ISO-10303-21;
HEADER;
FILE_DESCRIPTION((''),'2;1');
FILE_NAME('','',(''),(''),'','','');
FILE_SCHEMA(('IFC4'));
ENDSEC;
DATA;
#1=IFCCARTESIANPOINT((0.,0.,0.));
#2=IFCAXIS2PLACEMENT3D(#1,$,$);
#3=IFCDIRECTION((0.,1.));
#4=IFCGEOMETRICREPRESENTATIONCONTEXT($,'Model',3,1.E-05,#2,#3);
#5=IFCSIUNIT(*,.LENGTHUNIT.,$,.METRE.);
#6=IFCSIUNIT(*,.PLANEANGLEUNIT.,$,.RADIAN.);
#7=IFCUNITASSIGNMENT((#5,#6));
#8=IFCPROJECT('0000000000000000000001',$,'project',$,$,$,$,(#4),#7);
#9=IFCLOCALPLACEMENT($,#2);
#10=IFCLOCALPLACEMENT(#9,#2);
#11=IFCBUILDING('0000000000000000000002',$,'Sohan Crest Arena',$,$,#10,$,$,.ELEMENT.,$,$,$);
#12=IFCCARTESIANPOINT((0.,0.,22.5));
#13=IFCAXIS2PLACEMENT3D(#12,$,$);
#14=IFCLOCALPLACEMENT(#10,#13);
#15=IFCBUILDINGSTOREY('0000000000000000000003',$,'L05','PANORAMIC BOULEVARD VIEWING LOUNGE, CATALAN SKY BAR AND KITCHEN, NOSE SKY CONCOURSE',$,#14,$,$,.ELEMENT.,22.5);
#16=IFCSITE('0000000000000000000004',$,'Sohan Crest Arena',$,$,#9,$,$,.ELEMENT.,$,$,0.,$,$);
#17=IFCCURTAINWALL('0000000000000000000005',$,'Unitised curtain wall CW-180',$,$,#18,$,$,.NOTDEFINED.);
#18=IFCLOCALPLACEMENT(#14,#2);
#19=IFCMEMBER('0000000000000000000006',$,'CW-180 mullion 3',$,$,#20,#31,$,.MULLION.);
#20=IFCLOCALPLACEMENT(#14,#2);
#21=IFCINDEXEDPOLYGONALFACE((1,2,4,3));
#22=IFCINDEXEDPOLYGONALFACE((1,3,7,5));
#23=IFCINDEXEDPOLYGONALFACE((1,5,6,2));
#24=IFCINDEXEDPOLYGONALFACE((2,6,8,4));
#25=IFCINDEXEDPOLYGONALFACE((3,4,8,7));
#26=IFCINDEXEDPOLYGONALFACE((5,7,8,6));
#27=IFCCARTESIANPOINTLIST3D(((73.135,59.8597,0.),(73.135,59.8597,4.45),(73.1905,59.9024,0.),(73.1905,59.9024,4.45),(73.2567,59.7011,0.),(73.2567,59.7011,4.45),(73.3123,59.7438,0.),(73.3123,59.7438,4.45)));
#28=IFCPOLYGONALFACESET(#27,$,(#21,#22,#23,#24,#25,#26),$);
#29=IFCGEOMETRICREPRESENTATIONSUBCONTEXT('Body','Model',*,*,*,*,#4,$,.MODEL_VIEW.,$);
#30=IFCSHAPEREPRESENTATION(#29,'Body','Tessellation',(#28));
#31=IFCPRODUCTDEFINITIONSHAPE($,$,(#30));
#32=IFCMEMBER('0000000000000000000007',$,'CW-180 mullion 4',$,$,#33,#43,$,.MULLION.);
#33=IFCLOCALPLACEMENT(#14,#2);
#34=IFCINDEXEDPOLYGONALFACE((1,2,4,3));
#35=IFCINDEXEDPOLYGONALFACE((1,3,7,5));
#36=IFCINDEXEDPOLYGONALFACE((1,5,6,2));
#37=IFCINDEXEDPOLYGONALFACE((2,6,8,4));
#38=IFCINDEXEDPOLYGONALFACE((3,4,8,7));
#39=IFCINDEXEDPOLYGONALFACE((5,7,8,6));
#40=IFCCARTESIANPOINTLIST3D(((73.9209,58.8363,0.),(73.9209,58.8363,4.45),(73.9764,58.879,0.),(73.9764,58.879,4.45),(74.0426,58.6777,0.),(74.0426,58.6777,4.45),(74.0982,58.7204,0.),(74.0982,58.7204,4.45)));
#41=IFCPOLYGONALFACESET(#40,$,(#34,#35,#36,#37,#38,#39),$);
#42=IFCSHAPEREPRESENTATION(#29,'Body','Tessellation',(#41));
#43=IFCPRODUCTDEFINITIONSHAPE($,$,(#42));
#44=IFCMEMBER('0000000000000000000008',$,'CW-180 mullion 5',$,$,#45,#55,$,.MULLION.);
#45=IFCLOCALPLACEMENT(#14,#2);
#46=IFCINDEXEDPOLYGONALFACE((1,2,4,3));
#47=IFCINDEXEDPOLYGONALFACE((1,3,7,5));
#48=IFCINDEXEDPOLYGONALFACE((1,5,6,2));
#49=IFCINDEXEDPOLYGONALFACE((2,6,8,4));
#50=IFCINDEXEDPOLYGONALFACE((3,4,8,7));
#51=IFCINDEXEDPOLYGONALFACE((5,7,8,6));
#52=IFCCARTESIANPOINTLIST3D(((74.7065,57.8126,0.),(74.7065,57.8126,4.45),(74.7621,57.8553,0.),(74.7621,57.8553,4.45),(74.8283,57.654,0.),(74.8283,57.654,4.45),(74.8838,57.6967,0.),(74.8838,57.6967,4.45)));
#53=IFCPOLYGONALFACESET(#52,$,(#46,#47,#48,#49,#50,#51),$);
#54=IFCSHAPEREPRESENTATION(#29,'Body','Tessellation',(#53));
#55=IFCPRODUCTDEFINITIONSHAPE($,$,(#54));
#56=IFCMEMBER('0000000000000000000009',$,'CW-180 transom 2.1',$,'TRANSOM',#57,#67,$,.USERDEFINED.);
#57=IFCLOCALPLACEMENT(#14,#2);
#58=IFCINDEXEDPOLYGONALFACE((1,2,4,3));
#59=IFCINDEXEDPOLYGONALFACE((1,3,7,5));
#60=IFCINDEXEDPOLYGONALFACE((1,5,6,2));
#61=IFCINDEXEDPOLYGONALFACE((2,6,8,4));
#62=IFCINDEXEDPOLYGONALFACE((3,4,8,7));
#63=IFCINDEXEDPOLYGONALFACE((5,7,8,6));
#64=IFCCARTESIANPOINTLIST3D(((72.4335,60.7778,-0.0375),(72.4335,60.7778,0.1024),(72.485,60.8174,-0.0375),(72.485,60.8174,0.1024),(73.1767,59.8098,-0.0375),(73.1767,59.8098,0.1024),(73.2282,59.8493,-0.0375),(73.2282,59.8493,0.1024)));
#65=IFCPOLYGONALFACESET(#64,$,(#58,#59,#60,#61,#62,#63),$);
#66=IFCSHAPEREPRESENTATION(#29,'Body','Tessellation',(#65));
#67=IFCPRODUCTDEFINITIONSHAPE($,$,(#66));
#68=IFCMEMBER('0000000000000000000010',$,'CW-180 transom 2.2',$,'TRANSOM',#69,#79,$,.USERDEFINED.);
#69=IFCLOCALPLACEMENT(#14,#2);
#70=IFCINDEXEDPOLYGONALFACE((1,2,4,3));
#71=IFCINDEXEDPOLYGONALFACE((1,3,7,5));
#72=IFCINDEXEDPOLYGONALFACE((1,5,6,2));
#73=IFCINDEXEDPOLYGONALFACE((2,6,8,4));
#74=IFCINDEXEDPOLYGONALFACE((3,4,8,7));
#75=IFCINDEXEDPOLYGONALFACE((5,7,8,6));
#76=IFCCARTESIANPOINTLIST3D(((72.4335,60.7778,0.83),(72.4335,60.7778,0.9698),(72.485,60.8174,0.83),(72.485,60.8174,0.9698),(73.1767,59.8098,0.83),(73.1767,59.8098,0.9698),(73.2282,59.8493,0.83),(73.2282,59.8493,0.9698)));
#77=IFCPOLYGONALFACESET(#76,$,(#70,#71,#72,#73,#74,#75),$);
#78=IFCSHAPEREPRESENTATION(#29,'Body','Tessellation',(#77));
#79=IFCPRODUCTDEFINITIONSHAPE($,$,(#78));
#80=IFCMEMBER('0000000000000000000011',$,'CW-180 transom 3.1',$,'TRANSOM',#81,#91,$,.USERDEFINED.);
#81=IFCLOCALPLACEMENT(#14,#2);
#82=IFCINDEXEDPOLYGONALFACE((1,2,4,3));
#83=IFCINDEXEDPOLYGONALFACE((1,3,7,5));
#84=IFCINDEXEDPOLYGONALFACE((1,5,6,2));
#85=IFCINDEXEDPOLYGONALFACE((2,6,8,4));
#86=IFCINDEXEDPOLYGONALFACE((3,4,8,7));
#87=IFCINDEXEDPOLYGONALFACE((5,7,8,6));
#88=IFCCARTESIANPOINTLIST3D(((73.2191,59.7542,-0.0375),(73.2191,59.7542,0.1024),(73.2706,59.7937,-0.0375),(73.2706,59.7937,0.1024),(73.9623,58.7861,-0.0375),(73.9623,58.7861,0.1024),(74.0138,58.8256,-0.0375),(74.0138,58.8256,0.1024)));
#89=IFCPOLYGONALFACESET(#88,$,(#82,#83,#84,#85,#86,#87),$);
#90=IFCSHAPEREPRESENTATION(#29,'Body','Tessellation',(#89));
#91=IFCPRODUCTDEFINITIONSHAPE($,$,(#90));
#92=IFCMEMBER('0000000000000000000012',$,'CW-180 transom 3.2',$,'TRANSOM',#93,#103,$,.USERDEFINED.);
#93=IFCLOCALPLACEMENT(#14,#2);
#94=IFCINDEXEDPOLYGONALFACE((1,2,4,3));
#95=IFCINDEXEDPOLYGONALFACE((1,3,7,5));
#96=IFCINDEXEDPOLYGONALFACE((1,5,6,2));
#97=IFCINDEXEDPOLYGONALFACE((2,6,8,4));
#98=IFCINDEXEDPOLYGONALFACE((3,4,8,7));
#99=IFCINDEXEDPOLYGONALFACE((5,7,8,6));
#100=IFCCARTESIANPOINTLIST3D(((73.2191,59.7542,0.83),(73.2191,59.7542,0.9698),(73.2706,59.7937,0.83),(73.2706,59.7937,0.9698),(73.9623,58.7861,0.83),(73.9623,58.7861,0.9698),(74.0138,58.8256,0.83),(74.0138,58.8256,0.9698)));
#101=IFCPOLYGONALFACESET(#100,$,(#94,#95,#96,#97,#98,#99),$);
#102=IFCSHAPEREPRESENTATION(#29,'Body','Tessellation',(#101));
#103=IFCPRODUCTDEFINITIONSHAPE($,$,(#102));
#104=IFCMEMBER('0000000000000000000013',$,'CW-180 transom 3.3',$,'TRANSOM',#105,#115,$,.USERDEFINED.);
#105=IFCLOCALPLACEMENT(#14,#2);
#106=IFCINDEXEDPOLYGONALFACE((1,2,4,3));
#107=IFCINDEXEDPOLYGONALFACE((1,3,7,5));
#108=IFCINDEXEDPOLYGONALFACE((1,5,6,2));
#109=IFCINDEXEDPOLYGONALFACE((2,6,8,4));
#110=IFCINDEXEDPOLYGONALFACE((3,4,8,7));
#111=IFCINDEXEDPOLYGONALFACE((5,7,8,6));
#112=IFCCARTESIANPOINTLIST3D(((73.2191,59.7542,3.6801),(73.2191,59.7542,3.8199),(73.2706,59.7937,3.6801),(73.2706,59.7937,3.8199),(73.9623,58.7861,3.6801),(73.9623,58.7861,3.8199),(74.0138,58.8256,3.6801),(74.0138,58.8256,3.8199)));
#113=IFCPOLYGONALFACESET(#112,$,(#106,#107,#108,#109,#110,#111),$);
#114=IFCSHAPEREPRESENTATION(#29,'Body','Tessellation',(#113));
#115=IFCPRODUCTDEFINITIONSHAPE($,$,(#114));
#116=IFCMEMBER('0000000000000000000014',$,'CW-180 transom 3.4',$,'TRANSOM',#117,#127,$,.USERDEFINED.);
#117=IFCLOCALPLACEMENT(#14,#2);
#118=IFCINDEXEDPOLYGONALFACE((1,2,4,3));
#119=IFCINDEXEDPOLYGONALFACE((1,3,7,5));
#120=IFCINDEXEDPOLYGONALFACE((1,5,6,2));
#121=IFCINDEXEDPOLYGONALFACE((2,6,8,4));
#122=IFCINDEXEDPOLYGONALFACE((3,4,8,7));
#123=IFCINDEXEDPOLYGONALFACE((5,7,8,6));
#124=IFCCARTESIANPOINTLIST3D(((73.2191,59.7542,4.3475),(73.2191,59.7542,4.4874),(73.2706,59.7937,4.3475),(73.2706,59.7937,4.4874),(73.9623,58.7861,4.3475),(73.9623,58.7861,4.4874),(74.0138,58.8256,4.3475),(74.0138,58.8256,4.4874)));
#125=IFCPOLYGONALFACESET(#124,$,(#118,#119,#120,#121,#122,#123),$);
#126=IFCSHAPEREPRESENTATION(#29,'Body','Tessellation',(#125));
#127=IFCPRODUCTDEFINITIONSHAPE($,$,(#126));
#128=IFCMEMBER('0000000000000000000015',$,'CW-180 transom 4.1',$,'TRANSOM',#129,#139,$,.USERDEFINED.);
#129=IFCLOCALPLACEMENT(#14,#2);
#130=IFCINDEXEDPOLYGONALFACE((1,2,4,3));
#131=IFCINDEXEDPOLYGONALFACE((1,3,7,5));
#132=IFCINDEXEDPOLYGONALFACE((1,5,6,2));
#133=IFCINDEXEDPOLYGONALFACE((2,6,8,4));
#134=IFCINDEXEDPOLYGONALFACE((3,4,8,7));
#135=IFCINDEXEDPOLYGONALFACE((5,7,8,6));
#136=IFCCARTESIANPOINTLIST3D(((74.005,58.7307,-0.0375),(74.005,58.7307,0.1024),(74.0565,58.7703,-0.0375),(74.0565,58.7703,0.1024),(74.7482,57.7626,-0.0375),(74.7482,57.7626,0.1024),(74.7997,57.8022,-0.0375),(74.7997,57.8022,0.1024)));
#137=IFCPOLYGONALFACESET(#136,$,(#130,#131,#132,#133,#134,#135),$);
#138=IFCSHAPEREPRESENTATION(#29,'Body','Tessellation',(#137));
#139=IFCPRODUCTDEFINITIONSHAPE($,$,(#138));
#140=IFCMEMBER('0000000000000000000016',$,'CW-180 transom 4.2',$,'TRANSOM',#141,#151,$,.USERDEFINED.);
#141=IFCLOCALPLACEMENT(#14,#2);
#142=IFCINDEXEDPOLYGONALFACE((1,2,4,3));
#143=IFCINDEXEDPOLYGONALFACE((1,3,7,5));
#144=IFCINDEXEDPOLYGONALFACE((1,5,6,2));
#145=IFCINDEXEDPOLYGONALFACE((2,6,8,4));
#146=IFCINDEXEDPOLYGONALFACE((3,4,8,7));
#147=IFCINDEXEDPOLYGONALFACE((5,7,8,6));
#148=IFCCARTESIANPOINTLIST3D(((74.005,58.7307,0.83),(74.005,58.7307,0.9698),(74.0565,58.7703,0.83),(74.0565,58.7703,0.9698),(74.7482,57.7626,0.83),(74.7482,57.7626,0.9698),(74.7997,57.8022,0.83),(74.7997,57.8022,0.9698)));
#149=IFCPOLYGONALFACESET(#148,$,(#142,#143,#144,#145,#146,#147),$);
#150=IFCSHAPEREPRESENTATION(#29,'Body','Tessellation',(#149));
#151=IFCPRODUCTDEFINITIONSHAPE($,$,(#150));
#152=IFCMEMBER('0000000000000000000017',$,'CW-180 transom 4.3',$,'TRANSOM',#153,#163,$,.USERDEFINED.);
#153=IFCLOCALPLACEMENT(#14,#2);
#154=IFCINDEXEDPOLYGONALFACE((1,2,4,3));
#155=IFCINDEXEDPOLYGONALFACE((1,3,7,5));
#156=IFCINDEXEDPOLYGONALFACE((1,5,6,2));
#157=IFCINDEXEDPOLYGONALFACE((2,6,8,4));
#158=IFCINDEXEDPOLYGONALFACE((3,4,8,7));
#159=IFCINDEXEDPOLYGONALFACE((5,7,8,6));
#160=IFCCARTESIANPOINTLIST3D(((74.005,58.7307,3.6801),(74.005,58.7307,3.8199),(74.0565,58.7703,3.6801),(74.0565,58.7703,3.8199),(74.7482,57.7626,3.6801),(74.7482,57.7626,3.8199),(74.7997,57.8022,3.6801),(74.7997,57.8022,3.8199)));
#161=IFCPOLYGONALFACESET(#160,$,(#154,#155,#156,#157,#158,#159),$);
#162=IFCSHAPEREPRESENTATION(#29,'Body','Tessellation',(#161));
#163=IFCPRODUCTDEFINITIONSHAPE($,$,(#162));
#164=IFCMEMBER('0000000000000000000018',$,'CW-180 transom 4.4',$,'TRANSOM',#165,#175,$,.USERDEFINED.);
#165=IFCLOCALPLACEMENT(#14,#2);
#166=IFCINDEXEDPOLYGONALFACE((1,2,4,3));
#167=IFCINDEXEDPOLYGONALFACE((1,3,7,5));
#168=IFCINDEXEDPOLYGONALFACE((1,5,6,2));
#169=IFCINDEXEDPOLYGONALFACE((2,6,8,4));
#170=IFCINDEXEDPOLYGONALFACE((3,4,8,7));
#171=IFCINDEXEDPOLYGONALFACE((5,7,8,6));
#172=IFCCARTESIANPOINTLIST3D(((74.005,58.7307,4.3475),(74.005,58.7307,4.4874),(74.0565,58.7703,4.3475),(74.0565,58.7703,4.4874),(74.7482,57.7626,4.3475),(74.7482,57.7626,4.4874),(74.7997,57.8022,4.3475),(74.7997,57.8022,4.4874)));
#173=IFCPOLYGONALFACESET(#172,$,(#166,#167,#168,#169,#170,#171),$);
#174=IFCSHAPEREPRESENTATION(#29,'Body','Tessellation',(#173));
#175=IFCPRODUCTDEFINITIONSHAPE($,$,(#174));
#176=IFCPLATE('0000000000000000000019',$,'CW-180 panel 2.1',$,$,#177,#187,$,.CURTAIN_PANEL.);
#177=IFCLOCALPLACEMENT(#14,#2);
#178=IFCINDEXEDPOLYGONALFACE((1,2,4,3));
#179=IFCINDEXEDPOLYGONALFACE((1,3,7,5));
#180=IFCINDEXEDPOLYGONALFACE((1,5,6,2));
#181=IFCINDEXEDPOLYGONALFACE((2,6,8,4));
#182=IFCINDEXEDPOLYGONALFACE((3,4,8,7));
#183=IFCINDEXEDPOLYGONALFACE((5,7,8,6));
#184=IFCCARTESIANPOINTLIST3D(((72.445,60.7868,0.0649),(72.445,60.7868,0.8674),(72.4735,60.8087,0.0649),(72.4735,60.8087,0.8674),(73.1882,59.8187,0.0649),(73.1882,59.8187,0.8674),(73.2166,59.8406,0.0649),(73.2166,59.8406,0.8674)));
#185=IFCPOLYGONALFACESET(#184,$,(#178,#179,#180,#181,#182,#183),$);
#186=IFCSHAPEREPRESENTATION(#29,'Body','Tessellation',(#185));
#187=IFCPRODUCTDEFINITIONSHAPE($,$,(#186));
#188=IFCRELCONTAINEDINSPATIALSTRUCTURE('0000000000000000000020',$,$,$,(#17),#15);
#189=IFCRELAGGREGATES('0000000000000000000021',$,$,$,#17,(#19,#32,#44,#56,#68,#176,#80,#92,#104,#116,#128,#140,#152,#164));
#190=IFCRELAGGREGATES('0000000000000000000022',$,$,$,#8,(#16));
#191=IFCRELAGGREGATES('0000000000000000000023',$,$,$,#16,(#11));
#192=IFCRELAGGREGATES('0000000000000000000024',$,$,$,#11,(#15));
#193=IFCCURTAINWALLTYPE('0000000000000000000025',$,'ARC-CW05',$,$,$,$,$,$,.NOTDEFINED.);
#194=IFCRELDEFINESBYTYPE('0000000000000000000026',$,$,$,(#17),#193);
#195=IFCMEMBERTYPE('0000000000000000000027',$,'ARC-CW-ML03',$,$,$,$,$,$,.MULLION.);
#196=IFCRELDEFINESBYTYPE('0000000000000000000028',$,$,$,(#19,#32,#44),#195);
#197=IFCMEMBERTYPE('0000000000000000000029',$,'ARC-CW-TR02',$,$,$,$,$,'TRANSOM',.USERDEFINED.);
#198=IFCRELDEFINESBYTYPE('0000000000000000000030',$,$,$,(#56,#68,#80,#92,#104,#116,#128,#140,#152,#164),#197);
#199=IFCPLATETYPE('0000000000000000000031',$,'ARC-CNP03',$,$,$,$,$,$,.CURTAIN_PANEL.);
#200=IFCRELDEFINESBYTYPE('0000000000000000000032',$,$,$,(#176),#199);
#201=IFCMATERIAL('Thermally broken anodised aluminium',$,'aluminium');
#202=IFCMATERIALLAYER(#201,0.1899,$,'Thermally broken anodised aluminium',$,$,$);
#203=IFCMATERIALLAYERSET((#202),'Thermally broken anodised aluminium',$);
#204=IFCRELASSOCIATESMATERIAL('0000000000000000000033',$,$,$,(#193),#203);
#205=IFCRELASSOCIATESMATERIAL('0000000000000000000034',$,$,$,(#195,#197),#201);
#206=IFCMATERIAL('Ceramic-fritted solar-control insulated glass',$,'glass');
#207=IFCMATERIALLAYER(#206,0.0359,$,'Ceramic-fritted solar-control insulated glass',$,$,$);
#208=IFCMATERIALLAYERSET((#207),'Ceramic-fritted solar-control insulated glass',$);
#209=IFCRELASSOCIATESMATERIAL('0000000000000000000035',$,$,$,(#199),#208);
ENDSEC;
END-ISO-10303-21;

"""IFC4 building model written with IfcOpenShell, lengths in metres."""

from ifc_helpers import new_model, si_unit, direction, frame, origin, origin_2d, place, context, subcontext, project, spatial, rectangle, extrude, material, layer, layer_set, material_profile, profile_set, type_object, element, aggregate, save


model = new_model("IFC4")

# Units and contexts
model_context = context("Model", 3, precision=1e-05, world=origin(), true_north=direction((0.0, 1.0)))
body_context = subcontext(model_context, "Body", "Model", "MODEL_VIEW")
ifc_project = project(units=[si_unit("LENGTHUNIT", "METRE"), si_unit("PLANEANGLEUNIT", "RADIAN")], contexts=[model_context])

# Site, building, storey
site_placement = place(None, origin())
site = spatial("IfcSite", under=ifc_project, at=site_placement, Name="Sohan Crest Arena", CompositionType="ELEMENT", RefElevation=0.0)
building_placement = place(site_placement, origin())
building = spatial("IfcBuilding", under=site, at=building_placement, Name="Sohan Crest Arena", CompositionType="ELEMENT")
storey_placement = place(building_placement, frame((0.0, 0.0, 22.5)))
storey = spatial("IfcBuildingStorey", under=building, at=storey_placement, Name="L05", Description="PANORAMIC BOULEVARD VIEWING LOUNGE, CATALAN SKY BAR AND KITCHEN, NOSE SKY CONCOURSE", CompositionType="ELEMENT", Elevation=22.5)

# Curtain wall, members, plate
ifc_material_1 = material(Name="Thermally broken anodised aluminium", Category="aluminium")
ifc_layer_1 = layer(ifc_material_1, 0.1899, Name="Thermally broken anodised aluminium")
ifc_layer_set_1 = layer_set([ifc_layer_1], Name="Thermally broken anodised aluminium")
curtain_wall_type = type_object("IfcCurtainWallType", Name="ARC-CW05", PredefinedType="NOTDEFINED", material=ifc_layer_set_1)
curtain_wall_placement = place(storey_placement, origin())
curtain_wall = element("IfcCurtainWall", 1, at=curtain_wall_placement, inside=storey, type_object=curtain_wall_type, Name="Unitised curtain wall CW-180", PredefinedType="NOTDEFINED")
ifc_material_profile_1 = material_profile(ifc_material_1, rectangle(XDim=0.0701, YDim=0.2, at=origin_2d()), Name="ALU-MULL 70x200")
ifc_profile_set_1 = profile_set([ifc_material_profile_1], Name="Thermally broken anodised aluminium")
member_type_1 = type_object("IfcMemberType", Name="ARC-CW-ML03", PredefinedType="MULLION", material=ifc_profile_set_1)
member_1_placement = place(storey_placement, frame((73.2236, 59.8018, 0.0), z_axis=(0.0, 0.0, 1.0), x_axis=(0.793217, 0.608939, 0.0)))
member_1 = element("IfcMember", 2, at=member_1_placement, type_object=member_type_1, Name="CW-180 mullion 3", PredefinedType="MULLION", context=body_context, shape_type="SweptSolid", body=[
    extrude(rectangle(XDim=0.0701, YDim=0.2, at=origin_2d()), origin(), (0.0, 0.0, 1.0), 4.45),
])
member_2_placement = place(storey_placement, frame((74.0095, 58.7783, 0.0), z_axis=(0.0, 0.0, 1.0), x_axis=(0.793217, 0.608939, 0.0)))
member_2 = element("IfcMember", 3, at=member_2_placement, type_object=member_type_1, Name="CW-180 mullion 4", PredefinedType="MULLION", context=body_context, shape_type="SweptSolid", body=[
    extrude(rectangle(XDim=0.0701, YDim=0.2, at=origin_2d()), origin(), (0.0, 0.0, 1.0), 4.45),
])
member_3_placement = place(storey_placement, frame((74.7952, 57.7546, 0.0), z_axis=(0.0, 0.0, 1.0), x_axis=(0.793217, 0.608939, 0.0)))
member_3 = element("IfcMember", 4, at=member_3_placement, type_object=member_type_1, Name="CW-180 mullion 5", PredefinedType="MULLION", context=body_context, shape_type="SweptSolid", body=[
    extrude(rectangle(XDim=0.0701, YDim=0.2, at=origin_2d()), origin(), (0.0, 0.0, 1.0), 4.45),
])
ifc_material_profile_2 = material_profile(ifc_material_1, rectangle(XDim=0.0649, YDim=0.1399, at=origin_2d()), Name="ALU-TRAN 65x140")
ifc_profile_set_2 = profile_set([ifc_material_profile_2], Name="Thermally broken anodised aluminium")
member_type_2 = type_object("IfcMemberType", Name="ARC-CW-TR02", ElementType="TRANSOM", PredefinedType="USERDEFINED", material=ifc_profile_set_2)
member_4_placement = place(storey_placement, frame((72.4592, 60.7976, 0.0325), z_axis=(0.608956, -0.793204, 0.0), x_axis=(0.793204, 0.608956, 0.0)))
member_4 = element("IfcMember", 5, at=member_4_placement, type_object=member_type_2, Name="CW-180 transom 2.1", ObjectType="TRANSOM", PredefinedType="USERDEFINED", context=body_context, shape_type="SweptSolid", body=[
    extrude(rectangle(XDim=0.0649, YDim=0.1399, at=origin_2d()), origin(), (0.0, 0.0, 1.0), 1.2205),
])
member_5_placement = place(storey_placement, frame((72.4592, 60.7976, 0.8999), z_axis=(0.608956, -0.793204, 0.0), x_axis=(0.793204, 0.608956, 0.0)))
member_5 = element("IfcMember", 6, at=member_5_placement, type_object=member_type_2, Name="CW-180 transom 2.2", ObjectType="TRANSOM", PredefinedType="USERDEFINED", context=body_context, shape_type="SweptSolid", body=[
    extrude(rectangle(XDim=0.0649, YDim=0.1399, at=origin_2d()), origin(), (0.0, 0.0, 1.0), 1.2205),
])
member_6_placement = place(storey_placement, frame((73.2449, 59.7739, 0.0325), z_axis=(0.608956, -0.793204, 0.0), x_axis=(0.793204, 0.608956, 0.0)))
member_6 = element("IfcMember", 7, at=member_6_placement, type_object=member_type_2, Name="CW-180 transom 3.1", ObjectType="TRANSOM", PredefinedType="USERDEFINED", context=body_context, shape_type="SweptSolid", body=[
    extrude(rectangle(XDim=0.0649, YDim=0.1399, at=origin_2d()), origin(), (0.0, 0.0, 1.0), 1.2205),
])
member_7_placement = place(storey_placement, frame((73.2449, 59.7739, 0.8999), z_axis=(0.608956, -0.793204, 0.0), x_axis=(0.793204, 0.608956, 0.0)))
member_7 = element("IfcMember", 8, at=member_7_placement, type_object=member_type_2, Name="CW-180 transom 3.2", ObjectType="TRANSOM", PredefinedType="USERDEFINED", context=body_context, shape_type="SweptSolid", body=[
    extrude(rectangle(XDim=0.0649, YDim=0.1399, at=origin_2d()), origin(), (0.0, 0.0, 1.0), 1.2205),
])
member_8_placement = place(storey_placement, frame((73.2449, 59.7739, 3.75), z_axis=(0.608956, -0.793204, 0.0), x_axis=(0.793204, 0.608956, 0.0)))
member_8 = element("IfcMember", 9, at=member_8_placement, type_object=member_type_2, Name="CW-180 transom 3.3", ObjectType="TRANSOM", PredefinedType="USERDEFINED", context=body_context, shape_type="SweptSolid", body=[
    extrude(rectangle(XDim=0.0649, YDim=0.1399, at=origin_2d()), origin(), (0.0, 0.0, 1.0), 1.2205),
])
member_9_placement = place(storey_placement, frame((73.2449, 59.7739, 4.4175), z_axis=(0.608956, -0.793204, 0.0), x_axis=(0.793204, 0.608956, 0.0)))
member_9 = element("IfcMember", 10, at=member_9_placement, type_object=member_type_2, Name="CW-180 transom 3.4", ObjectType="TRANSOM", PredefinedType="USERDEFINED", context=body_context, shape_type="SweptSolid", body=[
    extrude(rectangle(XDim=0.0649, YDim=0.1399, at=origin_2d()), origin(), (0.0, 0.0, 1.0), 1.2205),
])
member_10_placement = place(storey_placement, frame((74.0308, 58.7505, 0.0325), z_axis=(0.608956, -0.793204, 0.0), x_axis=(0.793204, 0.608956, 0.0)))
member_10 = element("IfcMember", 11, at=member_10_placement, type_object=member_type_2, Name="CW-180 transom 4.1", ObjectType="TRANSOM", PredefinedType="USERDEFINED", context=body_context, shape_type="SweptSolid", body=[
    extrude(rectangle(XDim=0.0649, YDim=0.1399, at=origin_2d()), origin(), (0.0, 0.0, 1.0), 1.2205),
])
member_11_placement = place(storey_placement, frame((74.0308, 58.7505, 0.8999), z_axis=(0.608956, -0.793204, 0.0), x_axis=(0.793204, 0.608956, 0.0)))
member_11 = element("IfcMember", 12, at=member_11_placement, type_object=member_type_2, Name="CW-180 transom 4.2", ObjectType="TRANSOM", PredefinedType="USERDEFINED", context=body_context, shape_type="SweptSolid", body=[
    extrude(rectangle(XDim=0.0649, YDim=0.1399, at=origin_2d()), origin(), (0.0, 0.0, 1.0), 1.2205),
])
member_12_placement = place(storey_placement, frame((74.0308, 58.7505, 3.75), z_axis=(0.608956, -0.793204, 0.0), x_axis=(0.793204, 0.608956, 0.0)))
member_12 = element("IfcMember", 13, at=member_12_placement, type_object=member_type_2, Name="CW-180 transom 4.3", ObjectType="TRANSOM", PredefinedType="USERDEFINED", context=body_context, shape_type="SweptSolid", body=[
    extrude(rectangle(XDim=0.0649, YDim=0.1399, at=origin_2d()), origin(), (0.0, 0.0, 1.0), 1.2205),
])
member_13_placement = place(storey_placement, frame((74.0308, 58.7505, 4.4175), z_axis=(0.608956, -0.793204, 0.0), x_axis=(0.793204, 0.608956, 0.0)))
member_13 = element("IfcMember", 14, at=member_13_placement, type_object=member_type_2, Name="CW-180 transom 4.4", ObjectType="TRANSOM", PredefinedType="USERDEFINED", context=body_context, shape_type="SweptSolid", body=[
    extrude(rectangle(XDim=0.0649, YDim=0.1399, at=origin_2d()), origin(), (0.0, 0.0, 1.0), 1.2205),
])
ifc_material_2 = material(Name="Ceramic-fritted solar-control insulated glass", Category="glass")
ifc_layer_2 = layer(ifc_material_2, 0.0359, Name="Ceramic-fritted solar-control insulated glass")
ifc_layer_set_2 = layer_set([ifc_layer_2], Name="Ceramic-fritted solar-control insulated glass")
plate_type = type_object("IfcPlateType", Name="ARC-CNP03", PredefinedType="CURTAIN_PANEL", material=ifc_layer_set_2)
plate_1_placement = place(storey_placement, frame((72.8308, 60.3137, 0.0649), z_axis=(0.0, 0.0, 1.0), x_axis=(0.608939, -0.793217, 0.0)))
plate_1 = element("IfcPlate", 15, at=plate_1_placement, type_object=plate_type, Name="CW-180 panel 2.1", PredefinedType="CURTAIN_PANEL", context=body_context, shape_type="SweptSolid", body=[
    extrude(rectangle(XDim=1.2205, YDim=0.0359, at=origin_2d()), origin(), (0.0, 0.0, 1.0), 0.8025),
])
aggregate(curtain_wall, [member_1, member_2, member_3, member_4, member_5, plate_1, member_6, member_7, member_8, member_9, member_10, member_11, member_12, member_13])

save(model, "model.ifc")
